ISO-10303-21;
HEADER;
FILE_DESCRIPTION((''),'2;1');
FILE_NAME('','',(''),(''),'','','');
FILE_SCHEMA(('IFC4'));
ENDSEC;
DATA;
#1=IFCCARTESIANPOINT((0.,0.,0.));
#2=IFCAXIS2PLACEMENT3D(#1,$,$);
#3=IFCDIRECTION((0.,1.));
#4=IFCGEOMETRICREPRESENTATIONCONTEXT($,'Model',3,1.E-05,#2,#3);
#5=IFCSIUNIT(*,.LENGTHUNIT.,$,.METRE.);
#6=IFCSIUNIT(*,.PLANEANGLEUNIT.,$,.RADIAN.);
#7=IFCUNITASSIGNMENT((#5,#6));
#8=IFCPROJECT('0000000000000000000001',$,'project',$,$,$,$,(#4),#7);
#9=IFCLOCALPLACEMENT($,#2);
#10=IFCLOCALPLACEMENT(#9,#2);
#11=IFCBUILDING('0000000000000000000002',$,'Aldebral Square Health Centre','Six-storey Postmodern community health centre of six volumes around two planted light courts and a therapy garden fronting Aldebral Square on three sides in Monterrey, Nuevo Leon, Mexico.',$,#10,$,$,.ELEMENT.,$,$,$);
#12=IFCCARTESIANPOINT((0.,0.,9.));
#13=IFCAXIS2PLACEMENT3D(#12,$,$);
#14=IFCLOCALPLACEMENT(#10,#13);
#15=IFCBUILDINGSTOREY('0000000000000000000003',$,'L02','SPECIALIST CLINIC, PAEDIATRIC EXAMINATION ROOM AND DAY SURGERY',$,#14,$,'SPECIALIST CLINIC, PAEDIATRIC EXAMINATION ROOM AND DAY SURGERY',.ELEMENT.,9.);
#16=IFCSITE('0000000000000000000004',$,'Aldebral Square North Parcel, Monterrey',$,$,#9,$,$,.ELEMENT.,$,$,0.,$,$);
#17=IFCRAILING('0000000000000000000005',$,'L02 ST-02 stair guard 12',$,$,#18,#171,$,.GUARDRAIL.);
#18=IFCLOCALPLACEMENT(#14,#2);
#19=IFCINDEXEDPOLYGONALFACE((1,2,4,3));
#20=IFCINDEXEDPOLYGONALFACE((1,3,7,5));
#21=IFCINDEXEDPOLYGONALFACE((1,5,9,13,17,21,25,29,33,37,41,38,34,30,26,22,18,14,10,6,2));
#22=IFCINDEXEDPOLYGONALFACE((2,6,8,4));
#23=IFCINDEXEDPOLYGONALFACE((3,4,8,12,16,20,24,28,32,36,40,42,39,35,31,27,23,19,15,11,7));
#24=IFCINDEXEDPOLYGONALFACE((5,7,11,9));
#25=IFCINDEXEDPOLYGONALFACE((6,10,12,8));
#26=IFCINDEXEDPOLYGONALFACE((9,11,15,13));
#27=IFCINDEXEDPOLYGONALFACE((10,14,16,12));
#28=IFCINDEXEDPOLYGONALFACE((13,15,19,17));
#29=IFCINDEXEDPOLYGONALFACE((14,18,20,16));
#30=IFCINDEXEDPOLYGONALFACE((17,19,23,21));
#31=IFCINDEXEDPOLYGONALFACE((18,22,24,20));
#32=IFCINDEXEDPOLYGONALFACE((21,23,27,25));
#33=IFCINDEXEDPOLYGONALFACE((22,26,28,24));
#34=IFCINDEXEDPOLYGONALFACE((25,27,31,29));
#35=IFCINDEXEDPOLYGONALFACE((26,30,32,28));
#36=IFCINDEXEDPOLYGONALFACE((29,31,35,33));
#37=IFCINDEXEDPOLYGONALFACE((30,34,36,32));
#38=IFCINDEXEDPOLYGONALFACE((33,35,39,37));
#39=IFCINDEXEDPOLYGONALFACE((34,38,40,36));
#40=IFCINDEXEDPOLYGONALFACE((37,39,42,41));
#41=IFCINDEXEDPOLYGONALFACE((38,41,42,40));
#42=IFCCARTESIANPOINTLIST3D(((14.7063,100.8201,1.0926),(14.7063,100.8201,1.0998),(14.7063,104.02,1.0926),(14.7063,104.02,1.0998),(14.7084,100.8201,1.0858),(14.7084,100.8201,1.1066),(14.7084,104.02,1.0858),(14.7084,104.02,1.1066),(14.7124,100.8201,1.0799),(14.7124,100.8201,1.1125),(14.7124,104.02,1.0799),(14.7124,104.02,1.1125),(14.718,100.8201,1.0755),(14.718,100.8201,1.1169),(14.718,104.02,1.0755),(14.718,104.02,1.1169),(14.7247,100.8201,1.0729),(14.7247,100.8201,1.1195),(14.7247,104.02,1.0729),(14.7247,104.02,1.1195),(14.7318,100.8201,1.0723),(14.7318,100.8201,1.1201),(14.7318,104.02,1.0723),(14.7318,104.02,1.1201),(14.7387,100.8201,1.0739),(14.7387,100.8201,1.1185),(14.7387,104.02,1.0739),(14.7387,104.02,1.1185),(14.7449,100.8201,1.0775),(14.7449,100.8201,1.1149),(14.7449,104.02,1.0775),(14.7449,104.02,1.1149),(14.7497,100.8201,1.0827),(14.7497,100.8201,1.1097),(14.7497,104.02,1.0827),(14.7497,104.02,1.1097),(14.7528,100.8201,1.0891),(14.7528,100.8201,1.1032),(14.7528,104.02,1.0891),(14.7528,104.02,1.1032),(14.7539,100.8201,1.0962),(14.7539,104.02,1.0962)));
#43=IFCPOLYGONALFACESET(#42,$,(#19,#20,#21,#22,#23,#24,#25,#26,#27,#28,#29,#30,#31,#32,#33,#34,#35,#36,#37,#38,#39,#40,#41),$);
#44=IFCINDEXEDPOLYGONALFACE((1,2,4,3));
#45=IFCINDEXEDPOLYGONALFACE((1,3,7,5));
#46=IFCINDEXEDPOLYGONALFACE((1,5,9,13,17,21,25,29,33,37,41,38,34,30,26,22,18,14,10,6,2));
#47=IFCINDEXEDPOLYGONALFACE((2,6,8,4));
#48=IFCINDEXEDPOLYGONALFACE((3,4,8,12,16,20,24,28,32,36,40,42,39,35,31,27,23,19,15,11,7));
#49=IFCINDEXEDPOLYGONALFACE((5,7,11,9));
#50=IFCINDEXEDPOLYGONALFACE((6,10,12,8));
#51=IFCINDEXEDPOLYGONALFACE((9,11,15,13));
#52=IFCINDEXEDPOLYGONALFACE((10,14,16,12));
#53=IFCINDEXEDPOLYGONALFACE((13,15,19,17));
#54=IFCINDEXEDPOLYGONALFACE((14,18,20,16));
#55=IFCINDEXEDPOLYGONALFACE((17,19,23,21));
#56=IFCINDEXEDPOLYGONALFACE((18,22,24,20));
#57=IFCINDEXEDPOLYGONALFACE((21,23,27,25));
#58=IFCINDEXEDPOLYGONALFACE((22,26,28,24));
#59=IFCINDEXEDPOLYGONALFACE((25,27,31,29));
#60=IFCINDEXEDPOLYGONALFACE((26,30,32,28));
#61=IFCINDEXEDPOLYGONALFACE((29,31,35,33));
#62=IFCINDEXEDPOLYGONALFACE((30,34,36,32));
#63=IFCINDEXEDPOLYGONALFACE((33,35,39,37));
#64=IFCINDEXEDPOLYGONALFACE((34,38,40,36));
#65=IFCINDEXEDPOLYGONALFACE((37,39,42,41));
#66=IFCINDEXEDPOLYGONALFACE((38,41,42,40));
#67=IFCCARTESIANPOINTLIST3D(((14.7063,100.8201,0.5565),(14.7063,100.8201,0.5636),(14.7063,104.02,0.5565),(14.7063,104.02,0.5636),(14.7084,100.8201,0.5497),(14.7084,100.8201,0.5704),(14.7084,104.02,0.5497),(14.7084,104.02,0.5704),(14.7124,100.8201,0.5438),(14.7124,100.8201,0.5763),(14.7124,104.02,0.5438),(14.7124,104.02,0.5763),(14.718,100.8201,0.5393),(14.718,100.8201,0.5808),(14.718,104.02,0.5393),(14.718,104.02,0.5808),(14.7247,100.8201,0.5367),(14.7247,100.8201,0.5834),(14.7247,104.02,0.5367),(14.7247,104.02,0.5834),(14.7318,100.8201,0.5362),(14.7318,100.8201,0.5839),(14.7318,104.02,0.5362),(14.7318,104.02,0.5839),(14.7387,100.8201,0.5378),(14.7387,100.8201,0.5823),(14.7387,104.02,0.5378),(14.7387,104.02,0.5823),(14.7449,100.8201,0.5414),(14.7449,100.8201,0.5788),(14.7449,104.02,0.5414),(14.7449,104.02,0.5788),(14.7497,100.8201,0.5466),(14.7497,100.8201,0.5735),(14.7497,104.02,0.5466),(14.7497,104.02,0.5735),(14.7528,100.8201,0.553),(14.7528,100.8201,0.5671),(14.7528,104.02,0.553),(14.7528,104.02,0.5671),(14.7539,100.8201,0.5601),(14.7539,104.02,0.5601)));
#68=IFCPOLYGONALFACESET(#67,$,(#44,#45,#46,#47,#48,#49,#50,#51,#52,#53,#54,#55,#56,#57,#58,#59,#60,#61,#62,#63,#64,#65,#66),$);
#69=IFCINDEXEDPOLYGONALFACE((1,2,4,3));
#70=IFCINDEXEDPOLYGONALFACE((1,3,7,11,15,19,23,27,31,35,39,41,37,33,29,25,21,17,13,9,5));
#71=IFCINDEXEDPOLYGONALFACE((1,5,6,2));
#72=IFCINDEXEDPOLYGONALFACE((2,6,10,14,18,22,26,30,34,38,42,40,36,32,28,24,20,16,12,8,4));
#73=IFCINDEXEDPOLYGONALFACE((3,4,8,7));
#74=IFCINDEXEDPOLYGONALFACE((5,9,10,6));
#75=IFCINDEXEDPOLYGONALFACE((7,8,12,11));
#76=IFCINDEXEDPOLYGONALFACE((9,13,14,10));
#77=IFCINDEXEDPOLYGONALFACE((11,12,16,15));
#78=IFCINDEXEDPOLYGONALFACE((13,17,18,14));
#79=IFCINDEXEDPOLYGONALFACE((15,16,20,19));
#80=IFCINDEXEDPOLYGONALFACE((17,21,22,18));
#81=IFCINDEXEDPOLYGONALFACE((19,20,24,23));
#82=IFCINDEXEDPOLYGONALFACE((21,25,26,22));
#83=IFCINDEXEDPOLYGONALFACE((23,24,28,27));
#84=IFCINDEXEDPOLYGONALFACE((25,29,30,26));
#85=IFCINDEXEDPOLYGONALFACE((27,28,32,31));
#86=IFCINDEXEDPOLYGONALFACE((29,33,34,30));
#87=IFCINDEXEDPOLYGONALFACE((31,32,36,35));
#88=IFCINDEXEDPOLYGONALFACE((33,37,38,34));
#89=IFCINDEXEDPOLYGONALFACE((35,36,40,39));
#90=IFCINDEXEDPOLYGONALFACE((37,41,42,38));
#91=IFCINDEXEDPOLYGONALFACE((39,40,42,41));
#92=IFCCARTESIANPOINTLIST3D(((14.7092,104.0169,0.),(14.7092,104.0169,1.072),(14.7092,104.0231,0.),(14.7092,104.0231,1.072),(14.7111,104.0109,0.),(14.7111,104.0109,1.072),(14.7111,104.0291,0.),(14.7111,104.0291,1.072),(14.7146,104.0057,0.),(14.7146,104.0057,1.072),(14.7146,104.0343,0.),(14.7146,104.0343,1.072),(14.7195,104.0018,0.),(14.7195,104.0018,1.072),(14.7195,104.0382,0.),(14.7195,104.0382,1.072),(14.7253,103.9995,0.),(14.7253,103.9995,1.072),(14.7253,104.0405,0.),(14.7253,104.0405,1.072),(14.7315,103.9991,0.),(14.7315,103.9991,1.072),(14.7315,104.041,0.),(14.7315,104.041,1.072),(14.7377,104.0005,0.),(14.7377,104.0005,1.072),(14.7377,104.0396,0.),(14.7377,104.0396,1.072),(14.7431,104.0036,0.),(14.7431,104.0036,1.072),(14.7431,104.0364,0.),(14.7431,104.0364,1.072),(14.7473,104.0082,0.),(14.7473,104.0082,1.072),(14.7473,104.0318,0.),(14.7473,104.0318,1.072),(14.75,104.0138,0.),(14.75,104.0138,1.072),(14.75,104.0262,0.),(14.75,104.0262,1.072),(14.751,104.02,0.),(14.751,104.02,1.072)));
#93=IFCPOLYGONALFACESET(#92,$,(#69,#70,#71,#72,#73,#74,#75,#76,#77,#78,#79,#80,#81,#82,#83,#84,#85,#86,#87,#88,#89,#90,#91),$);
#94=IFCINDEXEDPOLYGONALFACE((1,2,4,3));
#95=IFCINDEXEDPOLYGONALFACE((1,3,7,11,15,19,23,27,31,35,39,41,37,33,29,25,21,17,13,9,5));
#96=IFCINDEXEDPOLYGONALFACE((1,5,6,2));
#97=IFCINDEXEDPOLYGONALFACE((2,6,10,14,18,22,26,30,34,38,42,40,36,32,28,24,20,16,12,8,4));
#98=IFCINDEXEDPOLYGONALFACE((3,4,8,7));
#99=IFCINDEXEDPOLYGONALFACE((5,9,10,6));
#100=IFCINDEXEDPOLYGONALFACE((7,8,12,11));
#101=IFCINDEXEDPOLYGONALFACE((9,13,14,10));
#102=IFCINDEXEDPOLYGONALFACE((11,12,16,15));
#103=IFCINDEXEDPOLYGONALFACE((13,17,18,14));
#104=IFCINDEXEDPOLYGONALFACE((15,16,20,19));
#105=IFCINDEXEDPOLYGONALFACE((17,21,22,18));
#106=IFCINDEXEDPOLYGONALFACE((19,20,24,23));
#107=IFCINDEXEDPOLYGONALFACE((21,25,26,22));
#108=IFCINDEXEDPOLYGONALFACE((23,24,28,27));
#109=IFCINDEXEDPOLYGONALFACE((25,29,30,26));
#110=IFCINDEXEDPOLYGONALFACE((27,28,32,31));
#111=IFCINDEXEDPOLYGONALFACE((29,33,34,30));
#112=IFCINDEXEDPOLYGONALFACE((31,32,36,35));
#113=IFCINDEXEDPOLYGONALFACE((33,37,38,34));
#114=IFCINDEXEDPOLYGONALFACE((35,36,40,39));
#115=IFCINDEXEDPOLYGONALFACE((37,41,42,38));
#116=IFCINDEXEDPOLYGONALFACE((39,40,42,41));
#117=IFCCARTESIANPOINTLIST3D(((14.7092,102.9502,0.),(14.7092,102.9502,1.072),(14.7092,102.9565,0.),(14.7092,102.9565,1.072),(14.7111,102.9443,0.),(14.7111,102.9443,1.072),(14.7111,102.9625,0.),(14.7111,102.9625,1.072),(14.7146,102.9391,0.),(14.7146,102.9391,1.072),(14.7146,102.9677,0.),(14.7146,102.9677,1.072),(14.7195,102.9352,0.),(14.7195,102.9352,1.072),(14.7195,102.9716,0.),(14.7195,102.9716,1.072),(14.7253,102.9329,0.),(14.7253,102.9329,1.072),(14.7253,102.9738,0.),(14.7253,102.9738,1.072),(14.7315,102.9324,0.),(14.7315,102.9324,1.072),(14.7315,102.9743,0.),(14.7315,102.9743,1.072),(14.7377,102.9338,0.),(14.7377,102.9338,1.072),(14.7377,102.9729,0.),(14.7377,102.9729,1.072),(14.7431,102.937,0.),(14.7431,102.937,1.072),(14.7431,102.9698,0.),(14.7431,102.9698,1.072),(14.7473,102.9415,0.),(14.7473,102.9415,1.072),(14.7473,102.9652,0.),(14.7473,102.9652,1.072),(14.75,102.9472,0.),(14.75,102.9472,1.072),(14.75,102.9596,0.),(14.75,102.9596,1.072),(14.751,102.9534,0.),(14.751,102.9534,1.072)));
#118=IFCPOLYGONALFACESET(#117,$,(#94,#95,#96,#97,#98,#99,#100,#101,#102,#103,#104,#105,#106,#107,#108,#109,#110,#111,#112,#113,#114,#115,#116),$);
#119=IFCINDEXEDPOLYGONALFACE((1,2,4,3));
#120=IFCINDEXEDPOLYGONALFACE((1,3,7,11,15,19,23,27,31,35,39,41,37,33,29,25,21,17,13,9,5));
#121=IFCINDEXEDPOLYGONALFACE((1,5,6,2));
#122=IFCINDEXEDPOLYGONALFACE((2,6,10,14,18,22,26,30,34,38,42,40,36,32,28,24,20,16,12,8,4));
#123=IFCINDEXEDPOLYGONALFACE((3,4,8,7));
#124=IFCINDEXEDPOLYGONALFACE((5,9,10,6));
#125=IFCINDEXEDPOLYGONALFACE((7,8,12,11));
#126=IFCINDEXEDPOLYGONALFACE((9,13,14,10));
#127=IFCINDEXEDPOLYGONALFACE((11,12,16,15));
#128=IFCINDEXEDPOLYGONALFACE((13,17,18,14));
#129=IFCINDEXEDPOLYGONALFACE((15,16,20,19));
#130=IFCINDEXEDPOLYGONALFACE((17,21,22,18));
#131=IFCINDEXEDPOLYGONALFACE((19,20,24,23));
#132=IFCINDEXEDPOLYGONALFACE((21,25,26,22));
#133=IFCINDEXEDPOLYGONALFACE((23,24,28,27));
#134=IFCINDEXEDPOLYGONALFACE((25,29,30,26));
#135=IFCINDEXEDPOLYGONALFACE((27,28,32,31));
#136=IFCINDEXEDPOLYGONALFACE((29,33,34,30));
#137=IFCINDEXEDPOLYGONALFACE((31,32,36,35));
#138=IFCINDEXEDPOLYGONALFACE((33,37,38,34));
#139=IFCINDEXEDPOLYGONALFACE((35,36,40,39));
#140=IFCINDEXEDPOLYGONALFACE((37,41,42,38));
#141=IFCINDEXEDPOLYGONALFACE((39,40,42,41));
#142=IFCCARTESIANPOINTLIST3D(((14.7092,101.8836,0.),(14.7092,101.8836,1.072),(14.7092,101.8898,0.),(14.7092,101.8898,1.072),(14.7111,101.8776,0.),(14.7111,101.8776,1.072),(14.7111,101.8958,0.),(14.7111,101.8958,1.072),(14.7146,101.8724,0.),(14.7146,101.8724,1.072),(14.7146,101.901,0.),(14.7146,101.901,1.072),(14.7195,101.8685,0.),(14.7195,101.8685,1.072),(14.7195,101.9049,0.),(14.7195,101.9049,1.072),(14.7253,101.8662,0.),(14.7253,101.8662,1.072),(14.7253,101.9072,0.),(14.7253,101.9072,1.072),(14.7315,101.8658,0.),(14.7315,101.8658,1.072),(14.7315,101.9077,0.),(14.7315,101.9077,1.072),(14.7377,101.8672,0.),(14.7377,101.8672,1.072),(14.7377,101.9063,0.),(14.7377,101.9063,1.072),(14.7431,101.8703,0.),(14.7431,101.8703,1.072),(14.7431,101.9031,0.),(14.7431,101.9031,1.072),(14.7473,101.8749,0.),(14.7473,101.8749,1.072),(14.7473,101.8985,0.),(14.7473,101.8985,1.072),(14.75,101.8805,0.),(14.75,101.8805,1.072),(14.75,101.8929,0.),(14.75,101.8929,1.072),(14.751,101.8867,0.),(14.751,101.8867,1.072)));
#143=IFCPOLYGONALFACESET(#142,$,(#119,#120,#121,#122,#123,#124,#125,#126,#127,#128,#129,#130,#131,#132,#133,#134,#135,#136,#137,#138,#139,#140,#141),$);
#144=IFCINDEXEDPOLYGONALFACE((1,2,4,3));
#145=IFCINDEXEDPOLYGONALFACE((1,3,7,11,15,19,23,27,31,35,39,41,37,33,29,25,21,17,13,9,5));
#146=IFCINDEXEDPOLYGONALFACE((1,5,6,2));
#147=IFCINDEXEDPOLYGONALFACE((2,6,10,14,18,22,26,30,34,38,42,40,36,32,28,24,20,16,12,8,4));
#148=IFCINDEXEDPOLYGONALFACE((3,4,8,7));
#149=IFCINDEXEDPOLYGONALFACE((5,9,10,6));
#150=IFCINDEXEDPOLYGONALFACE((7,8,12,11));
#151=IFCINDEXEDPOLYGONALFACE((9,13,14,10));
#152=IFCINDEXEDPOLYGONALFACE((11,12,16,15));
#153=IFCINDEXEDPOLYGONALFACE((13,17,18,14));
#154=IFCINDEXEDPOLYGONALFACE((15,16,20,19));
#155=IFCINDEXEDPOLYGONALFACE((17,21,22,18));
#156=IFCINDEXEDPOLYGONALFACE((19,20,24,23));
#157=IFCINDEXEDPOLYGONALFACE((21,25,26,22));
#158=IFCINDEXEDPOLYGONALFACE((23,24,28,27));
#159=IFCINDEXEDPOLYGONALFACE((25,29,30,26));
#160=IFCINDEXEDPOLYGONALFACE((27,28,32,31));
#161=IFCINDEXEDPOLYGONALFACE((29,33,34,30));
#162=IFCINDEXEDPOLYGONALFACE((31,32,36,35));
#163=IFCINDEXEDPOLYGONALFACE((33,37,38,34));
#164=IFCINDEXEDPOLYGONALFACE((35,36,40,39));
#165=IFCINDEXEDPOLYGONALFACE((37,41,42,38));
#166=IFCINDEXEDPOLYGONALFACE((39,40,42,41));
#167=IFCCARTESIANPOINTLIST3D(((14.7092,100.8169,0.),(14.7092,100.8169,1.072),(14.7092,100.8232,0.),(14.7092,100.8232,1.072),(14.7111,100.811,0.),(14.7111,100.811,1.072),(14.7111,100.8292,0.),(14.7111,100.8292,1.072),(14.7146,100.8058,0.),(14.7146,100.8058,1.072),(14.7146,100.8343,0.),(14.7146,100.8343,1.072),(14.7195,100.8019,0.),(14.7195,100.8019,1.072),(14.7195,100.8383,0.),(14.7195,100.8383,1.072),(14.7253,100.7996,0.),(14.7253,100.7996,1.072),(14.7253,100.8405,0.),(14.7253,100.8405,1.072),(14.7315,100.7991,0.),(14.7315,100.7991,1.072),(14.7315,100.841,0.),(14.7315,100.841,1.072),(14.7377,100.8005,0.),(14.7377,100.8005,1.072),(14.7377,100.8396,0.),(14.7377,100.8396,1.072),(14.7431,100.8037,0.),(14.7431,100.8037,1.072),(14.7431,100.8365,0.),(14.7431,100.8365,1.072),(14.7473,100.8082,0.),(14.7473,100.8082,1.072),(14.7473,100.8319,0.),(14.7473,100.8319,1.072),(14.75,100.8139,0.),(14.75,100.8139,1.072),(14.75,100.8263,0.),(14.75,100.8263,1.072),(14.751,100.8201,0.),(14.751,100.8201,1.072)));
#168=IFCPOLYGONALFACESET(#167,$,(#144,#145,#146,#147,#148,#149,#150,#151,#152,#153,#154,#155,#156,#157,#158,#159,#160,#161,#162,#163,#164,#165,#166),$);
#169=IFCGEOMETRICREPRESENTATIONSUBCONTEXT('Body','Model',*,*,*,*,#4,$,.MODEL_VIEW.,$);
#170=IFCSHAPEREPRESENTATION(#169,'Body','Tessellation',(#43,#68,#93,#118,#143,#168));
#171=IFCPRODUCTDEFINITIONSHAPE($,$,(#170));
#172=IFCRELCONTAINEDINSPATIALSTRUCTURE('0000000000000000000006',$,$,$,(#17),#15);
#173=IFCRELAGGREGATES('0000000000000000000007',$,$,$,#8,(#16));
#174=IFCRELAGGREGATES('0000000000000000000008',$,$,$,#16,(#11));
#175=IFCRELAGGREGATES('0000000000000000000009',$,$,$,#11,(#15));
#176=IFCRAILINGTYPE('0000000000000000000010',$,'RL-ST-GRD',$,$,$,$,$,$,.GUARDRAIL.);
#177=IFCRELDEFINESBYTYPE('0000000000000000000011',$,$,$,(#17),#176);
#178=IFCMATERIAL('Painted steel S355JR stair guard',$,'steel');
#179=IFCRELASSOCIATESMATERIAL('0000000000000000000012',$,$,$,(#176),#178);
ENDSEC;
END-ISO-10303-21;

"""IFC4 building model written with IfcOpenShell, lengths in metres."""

from ifc_helpers import new_model, si_unit, direction, frame, origin, origin_2d, place, context, subcontext, project, spatial, circle, extrude, material, type_object, element, save


model = new_model("IFC4")

# Units and contexts
model_context = context("Model", 3, precision=1e-05, world=origin(), true_north=direction((0.0, 1.0)))
body_context = subcontext(model_context, "Body", "Model", "MODEL_VIEW")
ifc_project = project(units=[si_unit("LENGTHUNIT", "METRE"), si_unit("PLANEANGLEUNIT", "RADIAN")], contexts=[model_context])

# Site, building, storey
site_placement = place(None, origin())
site = spatial("IfcSite", under=ifc_project, at=site_placement, Name="Aldebral Square North Parcel, Monterrey", CompositionType="ELEMENT", RefElevation=0.0)
building_placement = place(site_placement, origin())
building = spatial("IfcBuilding", under=site, at=building_placement, Name="Aldebral Square Health Centre", Description="Six-storey Postmodern community health centre of six volumes around two planted light courts and a therapy garden fronting Aldebral Square on three sides in Monterrey, Nuevo Leon, Mexico.", CompositionType="ELEMENT")
storey_placement = place(building_placement, frame((0.0, 0.0, 9.0)))
storey = spatial("IfcBuildingStorey", under=building, at=storey_placement, Name="L02", Description="SPECIALIST CLINIC, PAEDIATRIC EXAMINATION ROOM AND DAY SURGERY", LongName="SPECIALIST CLINIC, PAEDIATRIC EXAMINATION ROOM AND DAY SURGERY", CompositionType="ELEMENT", Elevation=9.0)

# Railing
ifc_material_1 = material(Name="Painted steel S355JR stair guard", Category="steel")
railing_type_1 = type_object("IfcRailingType", Name="RL-ST-GRD", PredefinedType="GUARDRAIL", material=ifc_material_1)
railing_1_placement = place(storey_placement, frame((14.73, 104.02, 0.0)))
element("IfcRailing", 1, at=railing_1_placement, inside=storey, type_object=railing_type_1, Name="L02 ST-02 stair guard 12", PredefinedType="GUARDRAIL", context=body_context, shape_type="SweptSolid", body=[
    extrude(circle(Radius=0.0239, at=origin_2d()), frame((0.0, 0.0, 1.0962), z_axis=(0.0, -1.0, 0.0), x_axis=(1.0, 0.0, 0.0)), (0.0, 0.0, 1.0), 3.2),
    extrude(circle(Radius=0.0239, at=origin_2d()), frame((0.0, 0.0, 0.5601), z_axis=(0.0, -1.0, 0.0), x_axis=(1.0, 0.0, 0.0)), (0.0, 0.0, 1.0), 3.2),
    extrude(circle(Radius=0.021, at=origin_2d()), origin(), (0.0, 0.0, 1.0), 1.072),
    extrude(circle(Radius=0.021, at=origin_2d()), frame((0.0, -1.0667, 0.0)), (0.0, 0.0, 1.0), 1.072),
    extrude(circle(Radius=0.021, at=origin_2d()), frame((0.0, -2.1333, 0.0)), (0.0, 0.0, 1.0), 1.072),
    extrude(circle(Radius=0.021, at=origin_2d()), frame((0.0, -3.2, 0.0)), (0.0, 0.0, 1.0), 1.072),
])

save(model, "model.ifc")
